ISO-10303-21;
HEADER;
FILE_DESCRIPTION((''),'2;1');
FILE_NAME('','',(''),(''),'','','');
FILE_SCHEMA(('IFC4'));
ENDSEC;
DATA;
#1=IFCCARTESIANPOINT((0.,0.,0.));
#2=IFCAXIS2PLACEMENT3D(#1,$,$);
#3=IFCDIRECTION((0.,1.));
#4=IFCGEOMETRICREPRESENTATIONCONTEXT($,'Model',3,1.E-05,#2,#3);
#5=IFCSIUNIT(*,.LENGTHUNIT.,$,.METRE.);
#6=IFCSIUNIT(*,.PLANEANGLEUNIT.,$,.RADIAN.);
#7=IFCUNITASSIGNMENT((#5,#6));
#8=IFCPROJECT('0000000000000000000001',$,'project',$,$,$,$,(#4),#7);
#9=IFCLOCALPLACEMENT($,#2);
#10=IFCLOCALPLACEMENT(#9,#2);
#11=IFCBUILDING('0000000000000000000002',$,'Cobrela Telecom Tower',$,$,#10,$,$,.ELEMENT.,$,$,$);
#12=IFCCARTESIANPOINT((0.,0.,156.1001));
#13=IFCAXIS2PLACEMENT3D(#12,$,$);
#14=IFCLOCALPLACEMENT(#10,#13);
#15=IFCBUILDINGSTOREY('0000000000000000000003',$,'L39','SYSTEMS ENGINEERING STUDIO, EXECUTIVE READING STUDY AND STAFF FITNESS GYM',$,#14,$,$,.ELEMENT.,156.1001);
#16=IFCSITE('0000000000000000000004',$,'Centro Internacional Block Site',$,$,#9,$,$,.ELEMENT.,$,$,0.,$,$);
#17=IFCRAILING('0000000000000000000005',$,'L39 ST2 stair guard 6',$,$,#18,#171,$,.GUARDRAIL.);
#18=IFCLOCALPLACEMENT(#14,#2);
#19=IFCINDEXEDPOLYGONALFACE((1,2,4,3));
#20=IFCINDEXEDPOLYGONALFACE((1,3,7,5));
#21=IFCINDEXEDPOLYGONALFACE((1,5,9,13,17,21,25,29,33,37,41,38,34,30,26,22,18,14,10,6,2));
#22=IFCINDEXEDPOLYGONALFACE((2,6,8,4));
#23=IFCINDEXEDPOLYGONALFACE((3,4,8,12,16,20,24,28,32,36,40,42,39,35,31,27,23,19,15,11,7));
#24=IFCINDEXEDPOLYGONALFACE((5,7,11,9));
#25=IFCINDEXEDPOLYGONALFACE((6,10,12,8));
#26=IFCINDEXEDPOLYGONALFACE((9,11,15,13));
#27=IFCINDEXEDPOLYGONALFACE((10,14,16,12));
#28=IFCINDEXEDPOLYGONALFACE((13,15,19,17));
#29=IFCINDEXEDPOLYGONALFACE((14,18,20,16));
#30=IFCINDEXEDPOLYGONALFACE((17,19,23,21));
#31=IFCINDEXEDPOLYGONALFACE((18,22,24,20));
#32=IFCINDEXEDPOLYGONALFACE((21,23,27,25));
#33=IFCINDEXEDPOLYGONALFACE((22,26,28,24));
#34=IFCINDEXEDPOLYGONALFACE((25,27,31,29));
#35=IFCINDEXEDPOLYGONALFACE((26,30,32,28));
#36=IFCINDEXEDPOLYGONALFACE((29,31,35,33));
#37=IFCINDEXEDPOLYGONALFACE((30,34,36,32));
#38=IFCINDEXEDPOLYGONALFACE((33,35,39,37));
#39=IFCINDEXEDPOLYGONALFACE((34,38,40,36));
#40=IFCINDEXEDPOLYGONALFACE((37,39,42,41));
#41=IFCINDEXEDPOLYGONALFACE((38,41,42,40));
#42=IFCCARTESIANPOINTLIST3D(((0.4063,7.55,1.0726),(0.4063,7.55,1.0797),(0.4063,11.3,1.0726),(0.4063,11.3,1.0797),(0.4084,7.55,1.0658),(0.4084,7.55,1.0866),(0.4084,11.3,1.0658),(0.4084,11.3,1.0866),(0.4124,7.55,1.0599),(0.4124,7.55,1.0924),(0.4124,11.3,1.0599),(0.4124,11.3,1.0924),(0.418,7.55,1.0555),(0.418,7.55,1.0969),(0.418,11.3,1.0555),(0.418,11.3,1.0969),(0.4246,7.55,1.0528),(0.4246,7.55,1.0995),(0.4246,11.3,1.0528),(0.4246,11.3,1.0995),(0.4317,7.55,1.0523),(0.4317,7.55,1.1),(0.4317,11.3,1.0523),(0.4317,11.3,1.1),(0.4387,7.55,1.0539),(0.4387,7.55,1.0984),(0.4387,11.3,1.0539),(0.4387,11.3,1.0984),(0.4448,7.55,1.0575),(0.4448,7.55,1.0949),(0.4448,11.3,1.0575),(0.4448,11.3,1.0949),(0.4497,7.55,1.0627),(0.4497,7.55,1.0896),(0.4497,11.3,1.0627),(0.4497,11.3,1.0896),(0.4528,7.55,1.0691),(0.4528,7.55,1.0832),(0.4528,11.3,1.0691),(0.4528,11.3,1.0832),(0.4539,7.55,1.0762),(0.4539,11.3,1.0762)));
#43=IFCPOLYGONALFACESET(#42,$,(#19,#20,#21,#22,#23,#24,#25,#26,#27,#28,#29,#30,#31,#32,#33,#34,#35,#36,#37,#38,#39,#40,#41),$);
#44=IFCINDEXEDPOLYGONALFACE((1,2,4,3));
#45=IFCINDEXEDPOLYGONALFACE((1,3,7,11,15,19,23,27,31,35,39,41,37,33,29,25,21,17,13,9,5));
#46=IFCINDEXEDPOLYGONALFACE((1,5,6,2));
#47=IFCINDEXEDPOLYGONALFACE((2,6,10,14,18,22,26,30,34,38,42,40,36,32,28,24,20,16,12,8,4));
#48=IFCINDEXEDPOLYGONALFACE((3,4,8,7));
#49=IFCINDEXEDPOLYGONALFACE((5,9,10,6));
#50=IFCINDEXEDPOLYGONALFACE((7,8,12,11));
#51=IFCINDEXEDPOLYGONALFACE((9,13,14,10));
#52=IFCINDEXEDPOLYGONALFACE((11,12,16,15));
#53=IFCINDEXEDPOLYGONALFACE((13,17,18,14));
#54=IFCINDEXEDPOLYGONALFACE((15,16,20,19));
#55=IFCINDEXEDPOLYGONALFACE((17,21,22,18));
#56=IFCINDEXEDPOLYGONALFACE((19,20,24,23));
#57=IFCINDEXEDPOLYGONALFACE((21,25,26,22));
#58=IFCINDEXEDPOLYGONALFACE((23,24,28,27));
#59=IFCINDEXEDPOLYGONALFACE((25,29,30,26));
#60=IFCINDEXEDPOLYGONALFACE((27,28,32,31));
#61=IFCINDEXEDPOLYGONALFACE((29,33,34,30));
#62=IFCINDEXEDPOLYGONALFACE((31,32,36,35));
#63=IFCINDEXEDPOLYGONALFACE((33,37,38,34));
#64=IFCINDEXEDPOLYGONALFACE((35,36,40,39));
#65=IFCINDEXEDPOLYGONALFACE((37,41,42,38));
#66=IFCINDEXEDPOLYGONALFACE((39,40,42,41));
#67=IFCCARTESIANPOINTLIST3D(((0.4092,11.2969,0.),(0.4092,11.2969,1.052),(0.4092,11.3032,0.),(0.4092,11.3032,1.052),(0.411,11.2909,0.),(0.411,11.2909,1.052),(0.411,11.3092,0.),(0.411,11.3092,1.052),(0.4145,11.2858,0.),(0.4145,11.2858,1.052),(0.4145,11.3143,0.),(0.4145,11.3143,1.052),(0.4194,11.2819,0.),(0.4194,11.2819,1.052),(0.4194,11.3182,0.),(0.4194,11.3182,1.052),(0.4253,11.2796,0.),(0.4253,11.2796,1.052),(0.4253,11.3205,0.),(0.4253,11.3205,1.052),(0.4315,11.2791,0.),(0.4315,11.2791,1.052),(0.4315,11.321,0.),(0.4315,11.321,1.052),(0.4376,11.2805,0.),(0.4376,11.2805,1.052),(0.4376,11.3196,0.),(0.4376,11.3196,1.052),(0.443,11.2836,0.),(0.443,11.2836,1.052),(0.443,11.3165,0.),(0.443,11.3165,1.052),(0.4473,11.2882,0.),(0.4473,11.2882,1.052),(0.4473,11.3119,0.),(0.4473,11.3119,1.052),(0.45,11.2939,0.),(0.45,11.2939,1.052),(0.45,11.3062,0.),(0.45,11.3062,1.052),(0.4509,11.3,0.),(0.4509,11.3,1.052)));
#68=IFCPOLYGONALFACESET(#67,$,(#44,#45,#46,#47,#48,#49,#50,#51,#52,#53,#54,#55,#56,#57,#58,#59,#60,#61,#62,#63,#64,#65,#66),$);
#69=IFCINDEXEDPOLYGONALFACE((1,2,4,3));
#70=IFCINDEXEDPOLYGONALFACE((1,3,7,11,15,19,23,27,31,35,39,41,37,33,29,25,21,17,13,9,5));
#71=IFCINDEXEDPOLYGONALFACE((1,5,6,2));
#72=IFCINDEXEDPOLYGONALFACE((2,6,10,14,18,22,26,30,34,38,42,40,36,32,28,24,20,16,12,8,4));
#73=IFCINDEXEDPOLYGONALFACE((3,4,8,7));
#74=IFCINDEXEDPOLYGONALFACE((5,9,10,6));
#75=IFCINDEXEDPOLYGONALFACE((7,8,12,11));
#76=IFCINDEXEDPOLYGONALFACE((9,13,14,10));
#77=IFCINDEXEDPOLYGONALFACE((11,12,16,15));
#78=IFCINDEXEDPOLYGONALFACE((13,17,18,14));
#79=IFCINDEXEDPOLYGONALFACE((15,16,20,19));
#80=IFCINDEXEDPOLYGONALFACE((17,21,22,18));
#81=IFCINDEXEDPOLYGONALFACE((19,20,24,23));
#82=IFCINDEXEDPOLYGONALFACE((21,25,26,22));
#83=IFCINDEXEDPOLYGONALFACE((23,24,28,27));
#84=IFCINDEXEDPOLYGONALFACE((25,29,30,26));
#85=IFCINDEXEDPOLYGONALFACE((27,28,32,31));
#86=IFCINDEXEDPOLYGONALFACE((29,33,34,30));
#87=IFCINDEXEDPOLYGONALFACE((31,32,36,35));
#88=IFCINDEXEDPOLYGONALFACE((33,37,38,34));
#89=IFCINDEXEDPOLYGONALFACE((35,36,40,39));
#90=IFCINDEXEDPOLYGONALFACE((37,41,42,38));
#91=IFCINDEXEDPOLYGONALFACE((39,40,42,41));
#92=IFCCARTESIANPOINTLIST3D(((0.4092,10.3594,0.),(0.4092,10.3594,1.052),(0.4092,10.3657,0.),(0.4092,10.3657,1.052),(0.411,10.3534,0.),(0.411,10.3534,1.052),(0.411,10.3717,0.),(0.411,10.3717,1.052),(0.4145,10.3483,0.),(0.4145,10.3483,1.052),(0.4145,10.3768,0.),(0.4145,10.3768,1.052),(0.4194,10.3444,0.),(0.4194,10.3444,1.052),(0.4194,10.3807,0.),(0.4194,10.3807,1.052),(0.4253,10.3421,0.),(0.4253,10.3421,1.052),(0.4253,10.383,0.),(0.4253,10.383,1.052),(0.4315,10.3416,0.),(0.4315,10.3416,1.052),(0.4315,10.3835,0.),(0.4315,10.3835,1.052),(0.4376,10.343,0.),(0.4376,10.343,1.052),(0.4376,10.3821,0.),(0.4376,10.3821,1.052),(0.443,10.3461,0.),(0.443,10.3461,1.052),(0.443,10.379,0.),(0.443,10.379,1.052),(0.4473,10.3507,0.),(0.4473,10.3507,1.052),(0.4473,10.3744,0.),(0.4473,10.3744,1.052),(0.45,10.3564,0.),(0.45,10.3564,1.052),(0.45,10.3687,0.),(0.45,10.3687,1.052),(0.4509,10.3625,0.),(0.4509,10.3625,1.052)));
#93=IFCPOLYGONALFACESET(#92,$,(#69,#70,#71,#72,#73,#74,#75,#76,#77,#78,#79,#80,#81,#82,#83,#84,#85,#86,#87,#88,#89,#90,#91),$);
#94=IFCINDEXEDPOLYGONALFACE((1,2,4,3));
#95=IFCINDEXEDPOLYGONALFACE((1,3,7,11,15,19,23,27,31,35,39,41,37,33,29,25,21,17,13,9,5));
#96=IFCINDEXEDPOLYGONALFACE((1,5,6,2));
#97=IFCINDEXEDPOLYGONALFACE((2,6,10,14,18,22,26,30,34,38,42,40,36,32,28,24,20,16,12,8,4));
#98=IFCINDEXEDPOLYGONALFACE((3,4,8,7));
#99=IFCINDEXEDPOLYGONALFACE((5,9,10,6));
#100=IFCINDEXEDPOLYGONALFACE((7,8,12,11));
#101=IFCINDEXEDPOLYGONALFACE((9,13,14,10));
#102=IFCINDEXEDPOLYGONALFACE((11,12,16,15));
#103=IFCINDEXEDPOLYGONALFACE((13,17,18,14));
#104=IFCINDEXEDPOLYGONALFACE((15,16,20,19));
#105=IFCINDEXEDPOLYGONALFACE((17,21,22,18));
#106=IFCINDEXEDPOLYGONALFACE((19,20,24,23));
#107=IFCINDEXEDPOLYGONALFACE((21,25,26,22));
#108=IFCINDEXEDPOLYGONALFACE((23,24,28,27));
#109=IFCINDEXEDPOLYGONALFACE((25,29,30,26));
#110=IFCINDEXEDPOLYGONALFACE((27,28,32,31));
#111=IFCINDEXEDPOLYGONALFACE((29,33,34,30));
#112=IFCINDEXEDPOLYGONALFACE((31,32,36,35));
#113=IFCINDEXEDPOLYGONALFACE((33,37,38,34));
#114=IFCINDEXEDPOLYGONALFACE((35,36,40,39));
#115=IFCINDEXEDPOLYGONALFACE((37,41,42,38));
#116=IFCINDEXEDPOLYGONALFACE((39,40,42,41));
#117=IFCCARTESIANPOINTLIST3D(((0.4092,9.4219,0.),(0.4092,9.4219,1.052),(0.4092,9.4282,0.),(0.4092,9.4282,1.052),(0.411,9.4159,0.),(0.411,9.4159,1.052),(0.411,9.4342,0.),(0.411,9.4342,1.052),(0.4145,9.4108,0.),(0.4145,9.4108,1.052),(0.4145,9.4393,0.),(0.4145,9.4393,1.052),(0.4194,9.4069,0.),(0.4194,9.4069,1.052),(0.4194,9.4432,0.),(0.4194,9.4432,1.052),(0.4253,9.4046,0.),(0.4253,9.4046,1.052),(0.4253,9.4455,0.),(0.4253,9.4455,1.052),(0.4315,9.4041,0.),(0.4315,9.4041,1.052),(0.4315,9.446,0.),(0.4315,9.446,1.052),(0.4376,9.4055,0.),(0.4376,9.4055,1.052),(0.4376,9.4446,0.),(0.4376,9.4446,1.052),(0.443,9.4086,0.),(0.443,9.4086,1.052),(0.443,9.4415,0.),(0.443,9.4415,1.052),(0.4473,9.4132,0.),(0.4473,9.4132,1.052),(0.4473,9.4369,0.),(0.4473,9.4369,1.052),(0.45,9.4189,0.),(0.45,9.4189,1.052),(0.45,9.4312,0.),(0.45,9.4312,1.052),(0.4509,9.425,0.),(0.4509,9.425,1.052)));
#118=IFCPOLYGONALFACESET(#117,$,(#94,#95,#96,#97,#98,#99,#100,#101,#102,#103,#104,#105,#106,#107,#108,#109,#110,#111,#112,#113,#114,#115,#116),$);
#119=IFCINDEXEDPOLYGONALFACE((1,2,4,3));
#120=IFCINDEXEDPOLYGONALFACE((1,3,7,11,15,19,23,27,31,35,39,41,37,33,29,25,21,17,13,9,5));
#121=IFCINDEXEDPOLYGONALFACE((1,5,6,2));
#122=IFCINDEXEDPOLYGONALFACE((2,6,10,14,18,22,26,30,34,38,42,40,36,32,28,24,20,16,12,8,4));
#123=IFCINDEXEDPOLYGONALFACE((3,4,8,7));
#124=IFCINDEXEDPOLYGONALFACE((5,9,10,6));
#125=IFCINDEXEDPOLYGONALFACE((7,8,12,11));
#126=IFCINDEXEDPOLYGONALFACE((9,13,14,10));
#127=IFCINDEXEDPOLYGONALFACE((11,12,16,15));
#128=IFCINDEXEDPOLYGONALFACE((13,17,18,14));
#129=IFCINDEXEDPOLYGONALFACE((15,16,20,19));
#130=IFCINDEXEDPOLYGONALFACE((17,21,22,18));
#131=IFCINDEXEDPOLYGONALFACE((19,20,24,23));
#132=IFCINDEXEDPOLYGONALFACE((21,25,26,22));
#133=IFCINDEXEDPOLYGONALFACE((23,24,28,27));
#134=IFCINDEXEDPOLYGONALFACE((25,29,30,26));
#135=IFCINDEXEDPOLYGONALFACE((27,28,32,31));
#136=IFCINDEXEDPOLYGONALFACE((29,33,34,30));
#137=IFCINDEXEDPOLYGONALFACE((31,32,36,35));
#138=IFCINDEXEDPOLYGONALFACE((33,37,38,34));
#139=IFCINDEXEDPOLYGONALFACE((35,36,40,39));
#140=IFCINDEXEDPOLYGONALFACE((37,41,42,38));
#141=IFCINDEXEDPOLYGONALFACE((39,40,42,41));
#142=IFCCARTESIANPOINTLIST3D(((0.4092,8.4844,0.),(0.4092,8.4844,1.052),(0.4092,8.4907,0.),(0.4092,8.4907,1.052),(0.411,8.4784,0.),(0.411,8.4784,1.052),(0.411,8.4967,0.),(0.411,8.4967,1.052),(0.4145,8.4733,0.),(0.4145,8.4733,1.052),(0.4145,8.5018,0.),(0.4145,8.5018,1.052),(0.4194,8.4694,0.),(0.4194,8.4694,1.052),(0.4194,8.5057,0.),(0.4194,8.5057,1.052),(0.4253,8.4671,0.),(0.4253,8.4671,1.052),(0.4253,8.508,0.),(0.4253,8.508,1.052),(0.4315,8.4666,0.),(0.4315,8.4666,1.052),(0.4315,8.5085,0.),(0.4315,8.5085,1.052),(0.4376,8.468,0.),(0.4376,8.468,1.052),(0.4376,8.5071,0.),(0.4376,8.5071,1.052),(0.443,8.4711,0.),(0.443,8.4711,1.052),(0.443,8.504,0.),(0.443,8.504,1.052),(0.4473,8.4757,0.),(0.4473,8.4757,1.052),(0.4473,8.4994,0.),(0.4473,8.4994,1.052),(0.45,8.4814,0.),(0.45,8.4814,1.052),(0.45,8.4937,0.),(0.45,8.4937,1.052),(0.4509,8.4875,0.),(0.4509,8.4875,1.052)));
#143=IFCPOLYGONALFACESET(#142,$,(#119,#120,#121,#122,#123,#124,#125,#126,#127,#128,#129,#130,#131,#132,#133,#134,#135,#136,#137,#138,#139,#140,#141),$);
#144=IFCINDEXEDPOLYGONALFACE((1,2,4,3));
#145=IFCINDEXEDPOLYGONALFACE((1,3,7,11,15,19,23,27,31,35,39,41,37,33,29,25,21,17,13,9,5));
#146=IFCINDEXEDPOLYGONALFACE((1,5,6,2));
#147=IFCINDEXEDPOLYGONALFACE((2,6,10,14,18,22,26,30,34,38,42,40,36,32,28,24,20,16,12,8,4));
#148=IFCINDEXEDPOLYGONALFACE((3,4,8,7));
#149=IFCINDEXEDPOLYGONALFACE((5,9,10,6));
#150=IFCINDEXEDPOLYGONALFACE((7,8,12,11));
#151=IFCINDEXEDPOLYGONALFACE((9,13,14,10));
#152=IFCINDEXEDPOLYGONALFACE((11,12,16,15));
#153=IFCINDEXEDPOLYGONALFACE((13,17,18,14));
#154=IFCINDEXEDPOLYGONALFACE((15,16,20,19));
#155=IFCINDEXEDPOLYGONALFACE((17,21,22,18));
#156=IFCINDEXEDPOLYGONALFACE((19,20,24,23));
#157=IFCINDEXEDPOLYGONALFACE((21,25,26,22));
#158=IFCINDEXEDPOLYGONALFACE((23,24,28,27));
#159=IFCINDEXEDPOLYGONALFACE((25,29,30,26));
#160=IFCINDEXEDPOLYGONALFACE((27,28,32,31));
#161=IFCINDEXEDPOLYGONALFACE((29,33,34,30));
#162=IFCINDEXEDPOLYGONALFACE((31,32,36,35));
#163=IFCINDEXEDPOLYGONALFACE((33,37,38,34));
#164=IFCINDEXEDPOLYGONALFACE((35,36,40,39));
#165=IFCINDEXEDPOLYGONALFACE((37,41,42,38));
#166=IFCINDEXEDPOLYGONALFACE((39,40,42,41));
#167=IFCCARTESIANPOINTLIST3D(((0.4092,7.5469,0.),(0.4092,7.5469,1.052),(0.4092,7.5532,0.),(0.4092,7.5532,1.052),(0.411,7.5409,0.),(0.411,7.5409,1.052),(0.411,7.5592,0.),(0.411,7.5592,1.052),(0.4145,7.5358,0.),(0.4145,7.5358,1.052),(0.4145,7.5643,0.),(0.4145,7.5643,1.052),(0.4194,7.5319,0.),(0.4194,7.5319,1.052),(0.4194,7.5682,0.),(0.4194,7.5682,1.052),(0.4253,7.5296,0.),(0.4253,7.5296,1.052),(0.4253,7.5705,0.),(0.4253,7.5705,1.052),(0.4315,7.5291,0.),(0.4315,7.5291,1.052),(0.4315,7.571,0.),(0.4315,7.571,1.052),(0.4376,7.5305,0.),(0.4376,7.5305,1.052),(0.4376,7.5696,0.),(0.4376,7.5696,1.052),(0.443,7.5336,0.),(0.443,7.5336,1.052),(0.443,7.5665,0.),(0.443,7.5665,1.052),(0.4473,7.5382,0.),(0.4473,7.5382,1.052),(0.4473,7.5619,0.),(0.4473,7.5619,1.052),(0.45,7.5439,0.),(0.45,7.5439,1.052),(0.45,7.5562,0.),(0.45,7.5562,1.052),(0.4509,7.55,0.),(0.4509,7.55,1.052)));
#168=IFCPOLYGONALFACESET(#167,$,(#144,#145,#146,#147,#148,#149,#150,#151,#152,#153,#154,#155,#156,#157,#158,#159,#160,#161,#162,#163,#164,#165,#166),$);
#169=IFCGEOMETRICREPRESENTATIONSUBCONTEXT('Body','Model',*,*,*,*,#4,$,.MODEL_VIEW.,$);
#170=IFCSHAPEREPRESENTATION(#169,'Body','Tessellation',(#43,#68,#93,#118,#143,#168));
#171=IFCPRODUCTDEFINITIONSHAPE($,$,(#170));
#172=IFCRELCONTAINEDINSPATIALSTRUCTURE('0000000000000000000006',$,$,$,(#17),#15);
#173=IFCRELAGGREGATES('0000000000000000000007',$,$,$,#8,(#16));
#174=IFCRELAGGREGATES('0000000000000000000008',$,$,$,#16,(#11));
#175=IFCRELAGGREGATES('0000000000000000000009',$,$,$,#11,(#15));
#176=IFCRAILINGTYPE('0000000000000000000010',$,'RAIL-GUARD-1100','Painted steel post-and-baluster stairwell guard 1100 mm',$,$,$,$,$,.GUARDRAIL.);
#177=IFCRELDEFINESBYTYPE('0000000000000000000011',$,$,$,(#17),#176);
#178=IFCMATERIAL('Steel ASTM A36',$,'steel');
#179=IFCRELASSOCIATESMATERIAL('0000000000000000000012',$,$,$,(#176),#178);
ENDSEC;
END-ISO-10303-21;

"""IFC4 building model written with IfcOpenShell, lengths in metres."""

from ifc_helpers import new_model, si_unit, direction, frame, origin, origin_2d, place, context, subcontext, project, spatial, circle, extrude, material, type_object, element, save


model = new_model("IFC4")

# Units and contexts
model_context = context("Model", 3, precision=1e-05, world=origin(), true_north=direction((0.0, 1.0)))
body_context = subcontext(model_context, "Body", "Model", "MODEL_VIEW")
ifc_project = project(units=[si_unit("LENGTHUNIT", "METRE"), si_unit("PLANEANGLEUNIT", "RADIAN")], contexts=[model_context])

# Site, building, storey
site_placement = place(None, origin())
site = spatial("IfcSite", under=ifc_project, at=site_placement, Name="Centro Internacional Block Site", CompositionType="ELEMENT", RefElevation=0.0)
building_placement = place(site_placement, origin())
building = spatial("IfcBuilding", under=site, at=building_placement, Name="Cobrela Telecom Tower", CompositionType="ELEMENT")
storey_placement = place(building_placement, frame((0.0, 0.0, 156.1001)))
storey = spatial("IfcBuildingStorey", under=building, at=storey_placement, Name="L39", Description="SYSTEMS ENGINEERING STUDIO, EXECUTIVE READING STUDY AND STAFF FITNESS GYM", CompositionType="ELEMENT", Elevation=156.1001)

# Shared definitions
ifc_material_1 = material(Name="Steel ASTM A36", Category="steel")

# Railing
railing_type_1 = type_object("IfcRailingType", Name="RAIL-GUARD-1100", Description="Painted steel post-and-baluster stairwell guard 1100 mm", PredefinedType="GUARDRAIL", material=ifc_material_1)
railing_1_placement = place(storey_placement, frame((0.4299, 11.3, 0.0)))
element("IfcRailing", 1, at=railing_1_placement, inside=storey, type_object=railing_type_1, Name="L39 ST2 stair guard 6", PredefinedType="GUARDRAIL", context=body_context, shape_type="SweptSolid", body=[
    extrude(circle(Radius=0.0239, at=origin_2d()), frame((0.0, 0.0, 1.0762), z_axis=(0.0, -1.0, 0.0), x_axis=(1.0, 0.0, 0.0)), (0.0, 0.0, 1.0), 3.75),
    extrude(circle(Radius=0.021, at=origin_2d()), origin(), (0.0, 0.0, 1.0), 1.052),
    extrude(circle(Radius=0.021, at=origin_2d()), frame((0.0, -0.9375, 0.0)), (0.0, 0.0, 1.0), 1.052),
    extrude(circle(Radius=0.021, at=origin_2d()), frame((0.0, -1.875, 0.0)), (0.0, 0.0, 1.0), 1.052),
    extrude(circle(Radius=0.021, at=origin_2d()), frame((0.0, -2.8125, 0.0)), (0.0, 0.0, 1.0), 1.052),
    extrude(circle(Radius=0.021, at=origin_2d()), frame((0.0, -3.75, 0.0)), (0.0, 0.0, 1.0), 1.052),
])

save(model, "model.ifc")
